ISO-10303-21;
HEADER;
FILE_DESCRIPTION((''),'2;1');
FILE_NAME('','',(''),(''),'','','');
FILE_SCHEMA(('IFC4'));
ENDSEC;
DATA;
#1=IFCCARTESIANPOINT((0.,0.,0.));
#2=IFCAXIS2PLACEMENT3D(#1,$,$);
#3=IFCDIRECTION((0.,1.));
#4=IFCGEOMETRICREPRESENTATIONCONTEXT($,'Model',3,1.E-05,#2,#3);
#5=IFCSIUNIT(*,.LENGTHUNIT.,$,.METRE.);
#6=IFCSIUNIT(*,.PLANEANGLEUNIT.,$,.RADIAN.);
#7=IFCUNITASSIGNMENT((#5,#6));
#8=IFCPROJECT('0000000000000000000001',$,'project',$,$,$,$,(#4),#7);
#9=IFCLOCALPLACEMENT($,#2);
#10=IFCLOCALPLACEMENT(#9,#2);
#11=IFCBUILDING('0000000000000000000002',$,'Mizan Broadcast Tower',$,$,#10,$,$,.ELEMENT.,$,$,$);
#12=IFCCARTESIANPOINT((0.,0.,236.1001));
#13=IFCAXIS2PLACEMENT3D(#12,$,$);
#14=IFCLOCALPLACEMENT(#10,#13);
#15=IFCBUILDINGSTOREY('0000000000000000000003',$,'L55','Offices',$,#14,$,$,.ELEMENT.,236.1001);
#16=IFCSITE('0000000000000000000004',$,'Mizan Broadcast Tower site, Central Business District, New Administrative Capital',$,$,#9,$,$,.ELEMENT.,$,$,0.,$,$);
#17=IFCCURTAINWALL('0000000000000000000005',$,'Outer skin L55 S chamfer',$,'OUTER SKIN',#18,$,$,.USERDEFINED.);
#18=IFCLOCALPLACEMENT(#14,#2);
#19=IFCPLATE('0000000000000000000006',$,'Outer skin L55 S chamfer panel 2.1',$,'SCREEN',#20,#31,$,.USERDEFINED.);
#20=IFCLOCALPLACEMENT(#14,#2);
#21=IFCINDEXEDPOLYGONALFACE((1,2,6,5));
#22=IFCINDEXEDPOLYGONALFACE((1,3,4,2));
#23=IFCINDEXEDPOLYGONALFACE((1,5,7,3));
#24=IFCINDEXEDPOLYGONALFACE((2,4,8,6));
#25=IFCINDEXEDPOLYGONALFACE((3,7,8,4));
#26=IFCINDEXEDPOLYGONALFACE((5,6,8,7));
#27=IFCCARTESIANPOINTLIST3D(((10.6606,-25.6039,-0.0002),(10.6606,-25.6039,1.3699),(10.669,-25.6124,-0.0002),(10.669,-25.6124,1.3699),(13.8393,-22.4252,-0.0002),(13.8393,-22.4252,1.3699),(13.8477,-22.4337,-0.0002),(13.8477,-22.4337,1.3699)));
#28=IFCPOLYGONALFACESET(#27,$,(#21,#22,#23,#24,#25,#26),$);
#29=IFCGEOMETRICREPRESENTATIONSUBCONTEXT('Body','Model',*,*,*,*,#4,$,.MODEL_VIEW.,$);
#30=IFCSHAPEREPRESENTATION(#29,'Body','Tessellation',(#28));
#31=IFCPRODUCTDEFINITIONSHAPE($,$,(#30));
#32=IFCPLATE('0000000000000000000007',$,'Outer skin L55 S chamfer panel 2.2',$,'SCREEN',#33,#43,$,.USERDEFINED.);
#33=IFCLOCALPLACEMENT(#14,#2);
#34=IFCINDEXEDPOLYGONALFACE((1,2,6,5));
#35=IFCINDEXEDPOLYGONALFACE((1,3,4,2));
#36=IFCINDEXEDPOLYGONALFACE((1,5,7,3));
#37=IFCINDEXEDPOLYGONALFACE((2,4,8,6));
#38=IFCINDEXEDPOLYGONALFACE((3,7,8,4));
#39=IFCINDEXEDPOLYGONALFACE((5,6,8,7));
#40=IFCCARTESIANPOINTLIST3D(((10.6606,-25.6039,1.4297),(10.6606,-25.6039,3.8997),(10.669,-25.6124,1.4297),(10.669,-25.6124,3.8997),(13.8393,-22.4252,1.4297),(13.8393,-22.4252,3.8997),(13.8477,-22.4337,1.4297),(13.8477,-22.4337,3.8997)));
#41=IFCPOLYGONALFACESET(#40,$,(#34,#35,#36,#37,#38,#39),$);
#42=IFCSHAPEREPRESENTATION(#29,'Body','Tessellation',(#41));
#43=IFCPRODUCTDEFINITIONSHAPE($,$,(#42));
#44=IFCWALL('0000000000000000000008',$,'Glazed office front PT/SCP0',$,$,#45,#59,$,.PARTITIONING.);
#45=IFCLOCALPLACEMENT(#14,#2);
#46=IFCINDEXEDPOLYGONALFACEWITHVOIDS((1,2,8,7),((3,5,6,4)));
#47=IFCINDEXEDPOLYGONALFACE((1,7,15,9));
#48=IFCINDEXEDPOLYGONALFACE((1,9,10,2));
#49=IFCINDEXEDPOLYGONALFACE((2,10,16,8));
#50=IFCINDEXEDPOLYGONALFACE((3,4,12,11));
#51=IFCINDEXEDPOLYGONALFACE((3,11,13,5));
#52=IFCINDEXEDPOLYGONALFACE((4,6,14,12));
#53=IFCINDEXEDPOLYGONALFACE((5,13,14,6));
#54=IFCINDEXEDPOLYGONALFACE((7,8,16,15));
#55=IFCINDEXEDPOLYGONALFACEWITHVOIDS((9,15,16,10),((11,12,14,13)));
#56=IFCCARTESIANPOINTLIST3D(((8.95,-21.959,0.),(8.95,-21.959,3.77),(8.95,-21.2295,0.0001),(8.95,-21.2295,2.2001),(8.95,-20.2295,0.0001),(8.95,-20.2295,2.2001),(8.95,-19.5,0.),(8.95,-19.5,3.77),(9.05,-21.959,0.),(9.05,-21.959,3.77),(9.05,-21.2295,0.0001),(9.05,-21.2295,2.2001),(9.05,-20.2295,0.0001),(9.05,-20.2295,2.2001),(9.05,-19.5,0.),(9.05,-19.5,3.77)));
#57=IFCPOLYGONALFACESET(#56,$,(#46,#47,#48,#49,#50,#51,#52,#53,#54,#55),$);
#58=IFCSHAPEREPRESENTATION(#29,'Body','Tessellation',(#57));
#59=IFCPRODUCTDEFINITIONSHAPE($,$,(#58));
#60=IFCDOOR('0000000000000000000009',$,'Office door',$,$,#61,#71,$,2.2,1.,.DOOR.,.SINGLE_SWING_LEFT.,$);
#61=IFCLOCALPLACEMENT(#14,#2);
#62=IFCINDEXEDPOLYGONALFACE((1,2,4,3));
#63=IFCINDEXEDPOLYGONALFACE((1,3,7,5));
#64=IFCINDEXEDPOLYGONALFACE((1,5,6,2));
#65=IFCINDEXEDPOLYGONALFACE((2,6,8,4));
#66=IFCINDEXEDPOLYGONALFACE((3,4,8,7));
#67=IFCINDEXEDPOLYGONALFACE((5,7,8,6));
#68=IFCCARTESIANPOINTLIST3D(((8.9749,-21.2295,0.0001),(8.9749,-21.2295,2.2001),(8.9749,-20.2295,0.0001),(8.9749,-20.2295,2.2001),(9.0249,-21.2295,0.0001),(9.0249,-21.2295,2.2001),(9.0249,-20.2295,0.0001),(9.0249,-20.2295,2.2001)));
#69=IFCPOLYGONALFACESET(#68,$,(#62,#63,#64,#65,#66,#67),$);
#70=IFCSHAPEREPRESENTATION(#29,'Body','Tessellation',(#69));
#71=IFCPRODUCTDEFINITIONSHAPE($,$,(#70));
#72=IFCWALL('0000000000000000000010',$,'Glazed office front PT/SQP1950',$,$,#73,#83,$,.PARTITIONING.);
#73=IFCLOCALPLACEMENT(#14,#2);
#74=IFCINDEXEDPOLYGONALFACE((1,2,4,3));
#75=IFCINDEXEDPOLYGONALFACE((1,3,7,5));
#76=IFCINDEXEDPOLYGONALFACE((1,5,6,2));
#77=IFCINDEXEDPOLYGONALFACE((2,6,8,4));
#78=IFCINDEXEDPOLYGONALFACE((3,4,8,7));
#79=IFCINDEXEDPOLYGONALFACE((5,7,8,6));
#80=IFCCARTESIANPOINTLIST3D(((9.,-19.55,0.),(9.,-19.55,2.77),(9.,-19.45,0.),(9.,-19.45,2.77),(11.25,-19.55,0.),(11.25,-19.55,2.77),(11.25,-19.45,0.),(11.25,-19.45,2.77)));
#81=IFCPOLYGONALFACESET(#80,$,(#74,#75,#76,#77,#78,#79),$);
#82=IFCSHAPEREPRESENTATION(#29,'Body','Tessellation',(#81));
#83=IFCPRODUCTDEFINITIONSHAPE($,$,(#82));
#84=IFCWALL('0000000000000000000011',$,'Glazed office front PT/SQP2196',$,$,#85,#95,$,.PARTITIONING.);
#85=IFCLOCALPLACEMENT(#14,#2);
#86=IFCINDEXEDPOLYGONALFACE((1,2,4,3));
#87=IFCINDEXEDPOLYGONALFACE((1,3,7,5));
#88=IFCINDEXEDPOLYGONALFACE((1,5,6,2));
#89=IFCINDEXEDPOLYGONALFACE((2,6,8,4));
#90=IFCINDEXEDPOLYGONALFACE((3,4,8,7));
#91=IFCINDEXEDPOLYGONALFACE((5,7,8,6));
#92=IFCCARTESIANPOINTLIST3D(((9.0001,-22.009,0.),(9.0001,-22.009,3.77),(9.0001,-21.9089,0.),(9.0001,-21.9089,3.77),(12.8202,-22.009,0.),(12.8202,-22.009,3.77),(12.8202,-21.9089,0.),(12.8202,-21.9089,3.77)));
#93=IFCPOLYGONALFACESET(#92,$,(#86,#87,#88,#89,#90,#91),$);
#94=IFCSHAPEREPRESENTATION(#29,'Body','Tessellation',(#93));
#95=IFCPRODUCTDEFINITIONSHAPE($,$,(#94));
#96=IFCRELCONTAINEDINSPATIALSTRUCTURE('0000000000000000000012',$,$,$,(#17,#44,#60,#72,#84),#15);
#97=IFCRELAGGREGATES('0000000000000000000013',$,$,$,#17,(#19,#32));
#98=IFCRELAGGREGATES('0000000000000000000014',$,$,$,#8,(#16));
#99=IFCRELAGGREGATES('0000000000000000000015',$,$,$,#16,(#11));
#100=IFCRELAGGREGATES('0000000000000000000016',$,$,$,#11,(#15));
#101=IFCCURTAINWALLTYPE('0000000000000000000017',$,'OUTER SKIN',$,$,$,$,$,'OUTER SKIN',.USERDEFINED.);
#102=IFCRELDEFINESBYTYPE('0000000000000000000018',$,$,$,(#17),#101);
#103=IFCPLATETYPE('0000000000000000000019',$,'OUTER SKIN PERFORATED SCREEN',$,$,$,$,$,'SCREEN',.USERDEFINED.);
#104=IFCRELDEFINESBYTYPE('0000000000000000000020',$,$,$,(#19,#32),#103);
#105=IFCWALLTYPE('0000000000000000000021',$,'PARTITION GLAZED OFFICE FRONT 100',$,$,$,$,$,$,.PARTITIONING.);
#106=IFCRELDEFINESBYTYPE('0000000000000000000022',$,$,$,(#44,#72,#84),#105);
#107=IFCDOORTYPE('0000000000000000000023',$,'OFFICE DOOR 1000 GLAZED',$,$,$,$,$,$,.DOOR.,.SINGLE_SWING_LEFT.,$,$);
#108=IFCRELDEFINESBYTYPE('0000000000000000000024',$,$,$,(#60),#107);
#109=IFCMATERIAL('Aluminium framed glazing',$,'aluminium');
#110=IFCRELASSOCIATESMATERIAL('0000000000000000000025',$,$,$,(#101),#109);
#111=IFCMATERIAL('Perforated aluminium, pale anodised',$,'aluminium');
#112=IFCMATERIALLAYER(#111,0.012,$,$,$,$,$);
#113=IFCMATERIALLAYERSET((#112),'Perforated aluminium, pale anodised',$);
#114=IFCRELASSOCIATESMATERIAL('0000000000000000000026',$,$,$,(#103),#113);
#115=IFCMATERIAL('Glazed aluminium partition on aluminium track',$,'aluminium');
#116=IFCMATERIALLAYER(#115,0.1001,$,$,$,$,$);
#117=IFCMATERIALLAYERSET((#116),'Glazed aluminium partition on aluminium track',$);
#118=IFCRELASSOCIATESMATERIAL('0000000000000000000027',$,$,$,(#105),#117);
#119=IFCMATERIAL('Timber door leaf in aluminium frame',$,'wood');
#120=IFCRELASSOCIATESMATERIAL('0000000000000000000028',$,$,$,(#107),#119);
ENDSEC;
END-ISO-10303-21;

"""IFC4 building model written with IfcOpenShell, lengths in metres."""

from ifc_helpers import new_model, si_unit, direction, frame, frame_2d, origin, origin_2d, place, context, subcontext, project, spatial, rectangle, extrude, material, layer, layer_set, type_object, element, fill, aggregate, save


model = new_model("IFC4")

# Units and contexts
model_context = context("Model", 3, precision=1e-05, world=origin(), true_north=direction((0.0, 1.0)))
body_context = subcontext(model_context, "Body", "Model", "MODEL_VIEW")
ifc_project = project(units=[si_unit("LENGTHUNIT", "METRE"), si_unit("PLANEANGLEUNIT", "RADIAN")], contexts=[model_context])

# Site, building, storey
site_placement = place(None, origin())
site = spatial("IfcSite", under=ifc_project, at=site_placement, Name="Mizan Broadcast Tower site, Central Business District, New Administrative Capital", CompositionType="ELEMENT", RefElevation=0.0)
building_placement = place(site_placement, origin())
building = spatial("IfcBuilding", under=site, at=building_placement, Name="Mizan Broadcast Tower", CompositionType="ELEMENT")
storey_placement = place(building_placement, frame((0.0, 0.0, 236.1001)))
storey = spatial("IfcBuildingStorey", under=building, at=storey_placement, Name="L55", Description="Offices", CompositionType="ELEMENT", Elevation=236.1001)

# Shared definitions
ifc_material_1 = material(Name="Aluminium framed glazing", Category="aluminium")
curtain_wall_type_1 = type_object("IfcCurtainWallType", Name="OUTER SKIN", ElementType="OUTER SKIN", PredefinedType="USERDEFINED", material=ifc_material_1)

# Curtain wall
curtain_wall_1_placement = place(storey_placement, origin())
curtain_wall_1 = element("IfcCurtainWall", 1, at=curtain_wall_1_placement, inside=storey, type_object=curtain_wall_type_1, Name="Outer skin L55 S chamfer", ObjectType="OUTER SKIN", PredefinedType="USERDEFINED")

# Plates
ifc_material_2 = material(Name="Perforated aluminium, pale anodised", Category="aluminium")
ifc_layer_1 = layer(ifc_material_2, 0.012)
ifc_layer_set_1 = layer_set([ifc_layer_1], Name="Perforated aluminium, pale anodised")
plate_type_1 = type_object("IfcPlateType", Name="OUTER SKIN PERFORATED SCREEN", ElementType="SCREEN", PredefinedType="USERDEFINED", material=ifc_layer_set_1)
plate_1_placement = place(storey_placement, frame((12.2542, -24.0188, -0.0002), z_axis=(0.0, 0.0, 1.0), x_axis=(0.707107, 0.707107, 0.0)))
plate_1 = element("IfcPlate", 2, at=plate_1_placement, type_object=plate_type_1, Name="Outer skin L55 S chamfer panel 2.1", ObjectType="SCREEN", PredefinedType="USERDEFINED", context=body_context, shape_type="SweptSolid", body=[
    extrude(rectangle(XDim=4.4954, YDim=0.012, at=origin_2d()), origin(), (0.0, 0.0, 1.0), 1.3701),
])
plate_2_placement = place(storey_placement, frame((12.2542, -24.0188, 1.4297), z_axis=(0.0, 0.0, 1.0), x_axis=(0.707107, 0.707107, 0.0)))
plate_2 = element("IfcPlate", 3, at=plate_2_placement, type_object=plate_type_1, Name="Outer skin L55 S chamfer panel 2.2", ObjectType="SCREEN", PredefinedType="USERDEFINED", context=body_context, shape_type="SweptSolid", body=[
    extrude(rectangle(XDim=4.4954, YDim=0.012, at=origin_2d()), origin(), (0.0, 0.0, 1.0), 2.47),
])
aggregate(curtain_wall_1, [plate_1, plate_2])

# Wall, opening, door
ifc_material_3 = material(Name="Glazed aluminium partition on aluminium track", Category="aluminium")
ifc_layer_2 = layer(ifc_material_3, 0.1001)
ifc_layer_set_2 = layer_set([ifc_layer_2], Name="Glazed aluminium partition on aluminium track")
wall_type = type_object("IfcWallType", Name="PARTITION GLAZED OFFICE FRONT 100", PredefinedType="PARTITIONING", material=ifc_layer_set_2)
wall_1_placement = place(storey_placement, frame((9.0, -19.5, 0.0), z_axis=(0.0, 0.0, 1.0), x_axis=(0.0, -1.0, 0.0)))
wall_1 = element("IfcWall", 4, at=wall_1_placement, inside=storey, type_object=wall_type, Name="Glazed office front PT/SCP0", PredefinedType="PARTITIONING", context=body_context, shape_type="SweptSolid", body=[
    extrude(rectangle(XDim=2.459, YDim=0.1001, at=frame_2d((1.2295, 0.0))), origin(), (0.0, 0.0, 1.0), 3.77),
])
opening_placement = place(wall_1_placement, frame((0.7295, 0.0, 0.0)))
opening = element("IfcOpeningElement", 5, at=opening_placement, cuts=wall_1, PredefinedType="OPENING", context=body_context, shape_type="SweptSolid", body=[
    extrude(rectangle(XDim=1.0, YDim=2.2, at=frame_2d((0.5, 1.1001))), frame((0.0, 0.0601, 0.0), z_axis=(0.0, -1.0, 0.0), x_axis=(1.0, 0.0, 0.0)), (0.0, 0.0, 1.0), 0.1201),
])
ifc_material_4 = material(Name="Timber door leaf in aluminium frame", Category="wood")
door_type = type_object("IfcDoorType", Name="OFFICE DOOR 1000 GLAZED", OperationType="SINGLE_SWING_LEFT", PredefinedType="DOOR", material=ifc_material_4)
door_placement = place(opening_placement, origin())
door = element("IfcDoor", 6, at=door_placement, inside=storey, type_object=door_type, Name="Office door", OperationType="SINGLE_SWING_LEFT", OverallHeight=2.2, OverallWidth=1.0, PredefinedType="DOOR", context=body_context, shape_type="SweptSolid", body=[
    extrude(rectangle(XDim=1.0, YDim=2.2, at=frame_2d((0.5, 1.1001))), frame((0.0, 0.0249, 0.0), z_axis=(0.0, -1.0, 0.0), x_axis=(1.0, 0.0, 0.0)), (0.0, 0.0, 1.0), 0.05),
])
fill(opening, door)

# Walls
wall_2_placement = place(storey_placement, frame((9.0, -19.5, 0.0), z_axis=(0.0, 0.0, 1.0), x_axis=(1.0, 0.0, 0.0)))
element("IfcWall", 7, at=wall_2_placement, inside=storey, type_object=wall_type, Name="Glazed office front PT/SQP1950", PredefinedType="PARTITIONING", context=body_context, shape_type="SweptSolid", body=[
    extrude(rectangle(XDim=2.25, YDim=0.1001, at=frame_2d((1.125, 0.0))), origin(), (0.0, 0.0, 1.0), 2.77),
])
wall_3_placement = place(storey_placement, frame((9.0, -21.959, 0.0), z_axis=(0.0, 0.0, 1.0), x_axis=(1.0, 0.0, 0.0)))
element("IfcWall", 8, at=wall_3_placement, inside=storey, type_object=wall_type, Name="Glazed office front PT/SQP2196", PredefinedType="PARTITIONING", context=body_context, shape_type="SweptSolid", body=[
    extrude(rectangle(XDim=3.8201, YDim=0.1001, at=frame_2d((1.9102, 0.0))), origin(), (0.0, 0.0, 1.0), 3.77),
])

save(model, "model.ifc")
